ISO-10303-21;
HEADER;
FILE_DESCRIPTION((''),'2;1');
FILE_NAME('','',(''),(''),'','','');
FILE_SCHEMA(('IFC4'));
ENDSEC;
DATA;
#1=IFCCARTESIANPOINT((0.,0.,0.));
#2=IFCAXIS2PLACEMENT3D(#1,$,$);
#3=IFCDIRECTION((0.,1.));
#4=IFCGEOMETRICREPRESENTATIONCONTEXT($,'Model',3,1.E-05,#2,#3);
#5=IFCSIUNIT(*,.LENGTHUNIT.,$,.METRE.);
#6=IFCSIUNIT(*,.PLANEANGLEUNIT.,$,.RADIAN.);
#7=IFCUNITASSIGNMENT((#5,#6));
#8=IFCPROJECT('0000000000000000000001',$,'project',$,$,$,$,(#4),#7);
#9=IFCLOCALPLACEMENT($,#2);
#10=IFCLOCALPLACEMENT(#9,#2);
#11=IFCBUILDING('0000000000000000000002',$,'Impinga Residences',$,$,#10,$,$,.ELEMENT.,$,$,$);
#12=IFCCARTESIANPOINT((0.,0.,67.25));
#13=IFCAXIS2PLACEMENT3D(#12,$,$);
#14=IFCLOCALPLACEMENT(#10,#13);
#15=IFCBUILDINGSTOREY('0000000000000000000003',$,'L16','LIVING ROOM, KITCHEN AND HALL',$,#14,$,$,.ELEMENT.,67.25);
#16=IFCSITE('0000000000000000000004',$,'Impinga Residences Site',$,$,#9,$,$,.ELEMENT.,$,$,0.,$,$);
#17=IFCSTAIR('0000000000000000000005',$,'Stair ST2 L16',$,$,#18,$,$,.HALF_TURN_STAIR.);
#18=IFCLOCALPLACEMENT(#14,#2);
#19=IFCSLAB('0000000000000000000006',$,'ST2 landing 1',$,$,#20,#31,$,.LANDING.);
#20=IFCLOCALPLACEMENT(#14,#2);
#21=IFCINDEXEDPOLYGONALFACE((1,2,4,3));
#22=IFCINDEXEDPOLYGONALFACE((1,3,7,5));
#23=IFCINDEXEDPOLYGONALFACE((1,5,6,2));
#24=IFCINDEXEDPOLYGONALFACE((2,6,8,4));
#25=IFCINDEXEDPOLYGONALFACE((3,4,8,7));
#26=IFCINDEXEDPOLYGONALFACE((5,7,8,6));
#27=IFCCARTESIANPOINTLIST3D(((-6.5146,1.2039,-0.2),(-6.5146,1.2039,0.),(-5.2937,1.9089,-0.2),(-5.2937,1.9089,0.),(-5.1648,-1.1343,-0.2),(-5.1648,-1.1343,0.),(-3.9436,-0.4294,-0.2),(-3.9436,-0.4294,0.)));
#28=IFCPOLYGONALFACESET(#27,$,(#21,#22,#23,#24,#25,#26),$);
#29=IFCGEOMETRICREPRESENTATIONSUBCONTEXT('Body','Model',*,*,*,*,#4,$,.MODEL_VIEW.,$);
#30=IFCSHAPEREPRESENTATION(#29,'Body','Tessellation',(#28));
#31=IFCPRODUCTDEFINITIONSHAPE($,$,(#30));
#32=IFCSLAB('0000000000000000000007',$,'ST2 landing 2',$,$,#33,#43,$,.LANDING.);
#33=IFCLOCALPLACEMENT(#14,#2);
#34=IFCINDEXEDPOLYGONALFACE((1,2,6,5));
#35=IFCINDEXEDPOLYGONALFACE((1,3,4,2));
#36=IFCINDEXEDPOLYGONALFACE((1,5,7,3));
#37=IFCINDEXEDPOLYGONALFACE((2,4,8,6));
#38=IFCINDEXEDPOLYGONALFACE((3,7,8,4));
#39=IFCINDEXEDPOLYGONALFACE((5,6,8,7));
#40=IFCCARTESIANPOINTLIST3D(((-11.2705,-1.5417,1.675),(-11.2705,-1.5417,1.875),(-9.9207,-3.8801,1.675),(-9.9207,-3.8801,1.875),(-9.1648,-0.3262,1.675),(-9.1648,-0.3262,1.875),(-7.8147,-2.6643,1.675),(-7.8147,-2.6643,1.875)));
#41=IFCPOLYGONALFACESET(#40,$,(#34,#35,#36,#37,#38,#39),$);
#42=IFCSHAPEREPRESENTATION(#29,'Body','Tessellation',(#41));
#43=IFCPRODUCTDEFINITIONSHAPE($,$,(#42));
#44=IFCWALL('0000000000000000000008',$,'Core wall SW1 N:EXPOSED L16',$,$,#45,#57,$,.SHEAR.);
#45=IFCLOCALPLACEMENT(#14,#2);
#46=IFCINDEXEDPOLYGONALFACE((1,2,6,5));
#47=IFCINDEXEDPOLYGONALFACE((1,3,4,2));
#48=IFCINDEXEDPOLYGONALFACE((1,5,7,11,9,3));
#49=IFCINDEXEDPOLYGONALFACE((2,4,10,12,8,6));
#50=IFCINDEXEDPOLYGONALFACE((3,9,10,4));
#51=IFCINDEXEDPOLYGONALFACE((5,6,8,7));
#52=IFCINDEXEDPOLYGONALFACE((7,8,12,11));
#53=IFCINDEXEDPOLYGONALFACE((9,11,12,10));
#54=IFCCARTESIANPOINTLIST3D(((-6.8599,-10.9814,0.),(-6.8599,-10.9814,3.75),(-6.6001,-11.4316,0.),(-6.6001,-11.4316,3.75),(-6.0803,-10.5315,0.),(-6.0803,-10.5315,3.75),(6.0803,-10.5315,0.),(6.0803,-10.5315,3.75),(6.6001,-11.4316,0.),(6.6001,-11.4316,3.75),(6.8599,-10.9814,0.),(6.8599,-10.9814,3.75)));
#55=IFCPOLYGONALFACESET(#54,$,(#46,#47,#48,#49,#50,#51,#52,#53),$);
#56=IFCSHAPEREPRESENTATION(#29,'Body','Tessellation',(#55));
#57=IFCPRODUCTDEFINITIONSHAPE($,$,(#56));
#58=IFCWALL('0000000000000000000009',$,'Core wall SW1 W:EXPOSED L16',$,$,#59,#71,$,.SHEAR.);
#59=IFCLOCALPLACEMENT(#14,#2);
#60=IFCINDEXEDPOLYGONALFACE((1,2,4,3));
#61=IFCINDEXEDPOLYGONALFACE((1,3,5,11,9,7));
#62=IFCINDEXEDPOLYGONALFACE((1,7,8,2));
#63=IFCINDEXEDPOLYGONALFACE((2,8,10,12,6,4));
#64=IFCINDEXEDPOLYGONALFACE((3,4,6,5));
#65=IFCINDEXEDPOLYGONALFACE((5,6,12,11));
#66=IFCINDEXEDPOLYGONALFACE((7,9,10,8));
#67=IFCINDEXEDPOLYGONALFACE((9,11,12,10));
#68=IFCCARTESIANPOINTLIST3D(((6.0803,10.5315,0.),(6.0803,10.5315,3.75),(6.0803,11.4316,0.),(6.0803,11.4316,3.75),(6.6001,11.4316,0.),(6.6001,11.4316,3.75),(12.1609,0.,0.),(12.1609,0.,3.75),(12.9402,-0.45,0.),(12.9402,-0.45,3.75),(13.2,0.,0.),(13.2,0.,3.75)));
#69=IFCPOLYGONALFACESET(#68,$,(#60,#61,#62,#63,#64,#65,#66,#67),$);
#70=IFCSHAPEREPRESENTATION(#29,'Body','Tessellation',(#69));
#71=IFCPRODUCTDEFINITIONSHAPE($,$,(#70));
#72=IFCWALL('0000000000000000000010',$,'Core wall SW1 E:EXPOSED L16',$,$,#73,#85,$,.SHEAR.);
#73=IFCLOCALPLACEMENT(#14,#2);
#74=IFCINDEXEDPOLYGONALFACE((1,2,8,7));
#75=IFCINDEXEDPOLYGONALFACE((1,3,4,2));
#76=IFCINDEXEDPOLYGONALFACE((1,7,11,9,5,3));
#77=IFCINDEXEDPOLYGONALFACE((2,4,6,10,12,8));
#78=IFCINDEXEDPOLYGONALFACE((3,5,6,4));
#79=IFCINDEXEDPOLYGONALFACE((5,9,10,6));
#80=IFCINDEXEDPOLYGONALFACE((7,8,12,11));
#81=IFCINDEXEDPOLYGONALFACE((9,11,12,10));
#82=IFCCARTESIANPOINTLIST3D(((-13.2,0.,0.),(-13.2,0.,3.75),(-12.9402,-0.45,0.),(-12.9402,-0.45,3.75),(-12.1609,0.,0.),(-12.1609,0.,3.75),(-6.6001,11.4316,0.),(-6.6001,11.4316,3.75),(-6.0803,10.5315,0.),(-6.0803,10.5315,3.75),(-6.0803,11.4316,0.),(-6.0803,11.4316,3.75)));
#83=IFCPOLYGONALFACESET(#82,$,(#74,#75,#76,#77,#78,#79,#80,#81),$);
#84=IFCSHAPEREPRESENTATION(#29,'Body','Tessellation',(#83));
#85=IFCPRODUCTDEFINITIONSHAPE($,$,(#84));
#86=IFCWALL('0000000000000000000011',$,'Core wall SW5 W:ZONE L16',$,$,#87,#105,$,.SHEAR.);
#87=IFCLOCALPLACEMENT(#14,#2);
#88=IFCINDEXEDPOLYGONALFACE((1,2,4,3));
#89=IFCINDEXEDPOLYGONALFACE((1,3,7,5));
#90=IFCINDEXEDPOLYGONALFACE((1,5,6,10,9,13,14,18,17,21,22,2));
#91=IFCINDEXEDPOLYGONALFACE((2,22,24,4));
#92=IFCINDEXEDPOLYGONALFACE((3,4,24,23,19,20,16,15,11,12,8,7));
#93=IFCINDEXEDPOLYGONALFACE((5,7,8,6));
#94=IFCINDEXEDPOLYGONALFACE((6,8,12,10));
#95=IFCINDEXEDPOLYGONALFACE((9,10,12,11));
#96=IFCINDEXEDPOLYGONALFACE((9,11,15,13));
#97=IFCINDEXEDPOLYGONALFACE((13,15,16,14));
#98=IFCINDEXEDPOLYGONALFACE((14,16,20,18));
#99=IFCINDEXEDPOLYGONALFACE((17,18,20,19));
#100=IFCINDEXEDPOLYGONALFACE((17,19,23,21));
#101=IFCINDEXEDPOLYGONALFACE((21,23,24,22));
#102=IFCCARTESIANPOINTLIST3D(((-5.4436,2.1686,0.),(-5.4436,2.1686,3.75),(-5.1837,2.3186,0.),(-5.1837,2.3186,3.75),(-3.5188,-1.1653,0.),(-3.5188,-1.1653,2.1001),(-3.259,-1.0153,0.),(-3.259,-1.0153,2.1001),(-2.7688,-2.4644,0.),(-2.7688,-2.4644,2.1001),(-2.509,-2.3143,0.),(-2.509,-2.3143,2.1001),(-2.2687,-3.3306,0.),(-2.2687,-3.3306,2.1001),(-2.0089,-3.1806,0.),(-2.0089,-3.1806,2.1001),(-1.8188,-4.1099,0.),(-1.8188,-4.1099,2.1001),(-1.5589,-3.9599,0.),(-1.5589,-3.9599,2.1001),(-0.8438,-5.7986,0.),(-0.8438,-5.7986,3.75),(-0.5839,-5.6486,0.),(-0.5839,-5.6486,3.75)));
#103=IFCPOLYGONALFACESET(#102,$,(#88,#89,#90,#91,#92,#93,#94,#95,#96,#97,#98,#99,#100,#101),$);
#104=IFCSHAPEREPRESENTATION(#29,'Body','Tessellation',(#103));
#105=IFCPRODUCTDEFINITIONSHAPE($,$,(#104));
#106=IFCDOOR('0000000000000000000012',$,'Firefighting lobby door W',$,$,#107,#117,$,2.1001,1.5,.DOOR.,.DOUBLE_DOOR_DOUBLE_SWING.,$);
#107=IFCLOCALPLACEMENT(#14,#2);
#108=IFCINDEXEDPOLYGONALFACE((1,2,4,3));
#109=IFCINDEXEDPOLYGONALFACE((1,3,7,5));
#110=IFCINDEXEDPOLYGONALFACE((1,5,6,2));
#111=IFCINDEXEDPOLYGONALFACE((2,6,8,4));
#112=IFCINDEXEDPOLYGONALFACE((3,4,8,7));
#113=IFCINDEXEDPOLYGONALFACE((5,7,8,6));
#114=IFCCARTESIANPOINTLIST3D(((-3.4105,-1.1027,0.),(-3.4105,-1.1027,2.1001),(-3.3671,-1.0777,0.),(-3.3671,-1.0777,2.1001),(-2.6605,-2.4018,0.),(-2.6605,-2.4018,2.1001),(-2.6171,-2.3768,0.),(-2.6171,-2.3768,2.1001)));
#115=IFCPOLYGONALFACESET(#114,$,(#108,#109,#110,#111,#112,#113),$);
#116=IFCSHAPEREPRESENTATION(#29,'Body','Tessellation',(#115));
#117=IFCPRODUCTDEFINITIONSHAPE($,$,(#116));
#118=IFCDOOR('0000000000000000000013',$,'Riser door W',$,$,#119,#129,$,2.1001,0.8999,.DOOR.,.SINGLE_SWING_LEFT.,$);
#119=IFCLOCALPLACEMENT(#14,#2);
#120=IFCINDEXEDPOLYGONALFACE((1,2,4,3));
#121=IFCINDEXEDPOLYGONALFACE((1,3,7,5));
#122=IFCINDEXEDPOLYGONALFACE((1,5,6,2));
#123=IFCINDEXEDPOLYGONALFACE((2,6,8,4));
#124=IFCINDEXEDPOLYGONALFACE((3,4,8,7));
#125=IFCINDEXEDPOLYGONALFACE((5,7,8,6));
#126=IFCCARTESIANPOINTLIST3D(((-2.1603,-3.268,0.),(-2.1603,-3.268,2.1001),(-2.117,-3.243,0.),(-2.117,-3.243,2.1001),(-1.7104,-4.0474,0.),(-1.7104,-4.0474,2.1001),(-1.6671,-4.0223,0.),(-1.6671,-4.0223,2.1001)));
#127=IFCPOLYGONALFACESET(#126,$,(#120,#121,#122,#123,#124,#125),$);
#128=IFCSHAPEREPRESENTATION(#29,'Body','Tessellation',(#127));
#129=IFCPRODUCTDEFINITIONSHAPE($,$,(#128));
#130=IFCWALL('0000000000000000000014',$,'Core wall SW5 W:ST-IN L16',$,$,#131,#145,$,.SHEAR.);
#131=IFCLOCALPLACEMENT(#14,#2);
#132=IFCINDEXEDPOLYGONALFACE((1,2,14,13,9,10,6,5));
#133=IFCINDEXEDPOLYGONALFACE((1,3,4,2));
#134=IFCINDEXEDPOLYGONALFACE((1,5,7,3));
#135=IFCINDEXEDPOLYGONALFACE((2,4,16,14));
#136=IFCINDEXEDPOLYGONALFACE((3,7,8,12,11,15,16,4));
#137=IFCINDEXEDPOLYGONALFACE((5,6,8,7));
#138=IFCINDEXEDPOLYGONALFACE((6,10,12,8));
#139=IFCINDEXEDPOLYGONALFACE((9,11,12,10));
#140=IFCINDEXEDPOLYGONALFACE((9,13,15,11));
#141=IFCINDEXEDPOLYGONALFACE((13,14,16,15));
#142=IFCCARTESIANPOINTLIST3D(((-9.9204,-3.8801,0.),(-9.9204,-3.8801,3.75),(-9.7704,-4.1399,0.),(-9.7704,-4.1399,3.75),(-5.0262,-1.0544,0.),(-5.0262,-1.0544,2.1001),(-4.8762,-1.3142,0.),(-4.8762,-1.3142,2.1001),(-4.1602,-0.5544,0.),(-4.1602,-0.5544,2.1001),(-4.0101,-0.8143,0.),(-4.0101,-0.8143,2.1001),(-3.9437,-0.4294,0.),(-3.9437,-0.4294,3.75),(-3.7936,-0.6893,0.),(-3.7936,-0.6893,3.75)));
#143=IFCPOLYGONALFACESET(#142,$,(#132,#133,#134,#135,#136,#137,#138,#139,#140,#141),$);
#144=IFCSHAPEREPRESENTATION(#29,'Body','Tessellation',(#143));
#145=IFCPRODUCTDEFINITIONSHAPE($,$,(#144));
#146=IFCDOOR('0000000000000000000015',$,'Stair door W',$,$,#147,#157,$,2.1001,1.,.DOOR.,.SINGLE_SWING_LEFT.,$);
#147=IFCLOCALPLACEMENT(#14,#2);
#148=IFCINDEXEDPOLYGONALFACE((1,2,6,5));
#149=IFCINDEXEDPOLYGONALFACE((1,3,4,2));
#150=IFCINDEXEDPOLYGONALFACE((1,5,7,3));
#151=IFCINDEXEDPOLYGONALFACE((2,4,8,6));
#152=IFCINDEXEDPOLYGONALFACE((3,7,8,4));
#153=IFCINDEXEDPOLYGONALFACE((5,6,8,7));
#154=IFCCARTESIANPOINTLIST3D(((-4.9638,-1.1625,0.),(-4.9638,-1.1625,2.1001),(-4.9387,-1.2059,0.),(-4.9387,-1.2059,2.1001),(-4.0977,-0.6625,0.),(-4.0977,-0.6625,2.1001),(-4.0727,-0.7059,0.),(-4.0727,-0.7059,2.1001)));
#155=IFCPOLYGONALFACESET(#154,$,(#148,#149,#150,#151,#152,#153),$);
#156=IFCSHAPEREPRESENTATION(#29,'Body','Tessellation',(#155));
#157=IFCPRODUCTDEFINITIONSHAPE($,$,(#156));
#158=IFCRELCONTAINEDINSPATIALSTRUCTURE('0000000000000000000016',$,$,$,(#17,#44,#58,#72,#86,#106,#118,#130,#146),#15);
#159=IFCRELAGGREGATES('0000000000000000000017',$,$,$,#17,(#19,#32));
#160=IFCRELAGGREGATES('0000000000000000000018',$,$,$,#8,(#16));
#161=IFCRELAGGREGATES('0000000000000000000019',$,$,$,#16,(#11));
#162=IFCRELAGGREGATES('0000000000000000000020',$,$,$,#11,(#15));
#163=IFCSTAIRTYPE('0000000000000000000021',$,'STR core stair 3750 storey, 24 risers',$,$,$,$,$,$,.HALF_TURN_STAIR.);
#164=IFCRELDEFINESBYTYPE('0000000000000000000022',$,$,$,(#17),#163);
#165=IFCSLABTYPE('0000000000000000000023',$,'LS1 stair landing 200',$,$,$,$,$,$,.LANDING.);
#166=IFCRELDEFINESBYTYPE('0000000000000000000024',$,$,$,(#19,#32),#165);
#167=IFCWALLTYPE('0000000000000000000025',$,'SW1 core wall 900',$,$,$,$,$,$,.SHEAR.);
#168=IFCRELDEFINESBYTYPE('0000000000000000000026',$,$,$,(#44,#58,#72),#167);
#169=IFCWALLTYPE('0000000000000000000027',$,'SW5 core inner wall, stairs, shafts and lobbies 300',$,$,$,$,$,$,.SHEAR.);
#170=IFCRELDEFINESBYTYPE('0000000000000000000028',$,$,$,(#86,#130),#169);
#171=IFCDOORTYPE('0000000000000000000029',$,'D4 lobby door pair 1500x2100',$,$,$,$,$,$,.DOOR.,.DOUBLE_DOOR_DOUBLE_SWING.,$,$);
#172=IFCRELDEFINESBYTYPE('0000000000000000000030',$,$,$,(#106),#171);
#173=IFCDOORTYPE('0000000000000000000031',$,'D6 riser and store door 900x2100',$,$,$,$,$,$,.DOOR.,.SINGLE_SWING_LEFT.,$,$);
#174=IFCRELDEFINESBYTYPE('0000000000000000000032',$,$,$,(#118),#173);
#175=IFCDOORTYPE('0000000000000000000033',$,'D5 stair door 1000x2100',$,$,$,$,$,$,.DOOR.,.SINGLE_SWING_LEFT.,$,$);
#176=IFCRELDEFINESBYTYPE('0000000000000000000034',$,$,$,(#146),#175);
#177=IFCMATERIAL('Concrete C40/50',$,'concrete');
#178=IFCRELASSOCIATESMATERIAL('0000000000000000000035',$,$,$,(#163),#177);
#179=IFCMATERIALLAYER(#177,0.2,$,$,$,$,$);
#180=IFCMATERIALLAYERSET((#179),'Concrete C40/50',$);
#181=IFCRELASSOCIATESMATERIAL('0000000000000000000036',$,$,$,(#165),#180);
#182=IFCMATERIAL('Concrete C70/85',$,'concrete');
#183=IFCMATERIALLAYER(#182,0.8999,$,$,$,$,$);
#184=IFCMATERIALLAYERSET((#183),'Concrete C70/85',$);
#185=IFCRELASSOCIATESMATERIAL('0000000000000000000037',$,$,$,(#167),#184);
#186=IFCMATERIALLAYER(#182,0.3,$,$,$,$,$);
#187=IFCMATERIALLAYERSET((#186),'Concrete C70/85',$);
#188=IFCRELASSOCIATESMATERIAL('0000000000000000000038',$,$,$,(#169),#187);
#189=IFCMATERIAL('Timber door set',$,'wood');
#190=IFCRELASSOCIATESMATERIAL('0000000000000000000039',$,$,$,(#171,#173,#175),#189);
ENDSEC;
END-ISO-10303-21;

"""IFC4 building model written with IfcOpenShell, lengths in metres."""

from ifc_helpers import new_model, si_unit, direction, frame, frame_2d, origin, place, context, subcontext, project, spatial, polyline, rectangle, outline, extrude, material, layer, layer_set, type_object, element, fill, aggregate, save


model = new_model("IFC4")

# Units and contexts
model_context = context("Model", 3, precision=1e-05, world=origin(), true_north=direction((0.0, 1.0)))
body_context = subcontext(model_context, "Body", "Model", "MODEL_VIEW")
ifc_project = project(units=[si_unit("LENGTHUNIT", "METRE"), si_unit("PLANEANGLEUNIT", "RADIAN")], contexts=[model_context])

# Site, building, storey
site_placement = place(None, origin())
site = spatial("IfcSite", under=ifc_project, at=site_placement, Name="Impinga Residences Site", CompositionType="ELEMENT", RefElevation=0.0)
building_placement = place(site_placement, origin())
building = spatial("IfcBuilding", under=site, at=building_placement, Name="Impinga Residences", CompositionType="ELEMENT")
storey_placement = place(building_placement, frame((0.0, 0.0, 67.25)))
storey = spatial("IfcBuildingStorey", under=building, at=storey_placement, Name="L16", Description="LIVING ROOM, KITCHEN AND HALL", CompositionType="ELEMENT", Elevation=67.25)

# Stair, slabs
ifc_material_1 = material(Name="Concrete C40/50", Category="concrete")
stair_type = type_object("IfcStairType", Name="STR core stair 3750 storey, 24 risers", PredefinedType="HALF_TURN_STAIR", material=ifc_material_1)
ifc_layer_1 = layer(ifc_material_1, 0.2)
ifc_layer_set_1 = layer_set([ifc_layer_1], Name="Concrete C40/50")
slab_type_1 = type_object("IfcSlabType", Name="LS1 stair landing 200", PredefinedType="LANDING", material=ifc_layer_set_1)
stair_1_placement = place(storey_placement, origin())
stair_1 = element("IfcStair", 1, at=stair_1_placement, inside=storey, type_object=stair_type, Name="Stair ST2 L16", PredefinedType="HALF_TURN_STAIR")
slab_1_placement = place(storey_placement, frame((0.0, 0.0, -0.2)))
slab_1 = element("IfcSlab", 2, at=slab_1_placement, type_object=slab_type_1, Name="ST2 landing 1", PredefinedType="LANDING", context=body_context, shape_type="SweptSolid", body=[
    extrude(outline(polyline([(-3.9436, -0.4294), (-5.2937, 1.9089), (-6.5146, 1.2039), (-5.1648, -1.1343), (-3.9436, -0.4294)])), origin(), (0.0, 0.0, 1.0), 0.2),
])
slab_2_placement = place(storey_placement, frame((0.0, 0.0, 1.675)))
slab_2 = element("IfcSlab", 3, at=slab_2_placement, type_object=slab_type_1, Name="ST2 landing 2", PredefinedType="LANDING", context=body_context, shape_type="SweptSolid", body=[
    extrude(outline(polyline([(-7.8147, -2.6643), (-9.1648, -0.3262), (-11.2705, -1.5417), (-9.9207, -3.8801), (-7.8147, -2.6643)])), origin(), (0.0, 0.0, 1.0), 0.2),
])

# Walls
ifc_material_2 = material(Name="Concrete C70/85", Category="concrete")
ifc_layer_2 = layer(ifc_material_2, 0.8999)
ifc_layer_set_2 = layer_set([ifc_layer_2], Name="Concrete C70/85")
wall_type_1 = type_object("IfcWallType", Name="SW1 core wall 900", PredefinedType="SHEAR", material=ifc_layer_set_2)
wall_1_placement = place(storey_placement, origin())
element("IfcWall", 4, at=wall_1_placement, inside=storey, type_object=wall_type_1, Name="Core wall SW1 N:EXPOSED L16", PredefinedType="SHEAR", context=body_context, shape_type="SweptSolid", body=[
    extrude(outline(polyline([(-6.6001, -11.4316), (6.6001, -11.4316), (6.8599, -10.9814), (6.0803, -10.5315), (-6.0803, -10.5315), (-6.8599, -10.9814), (-6.6001, -11.4316)])), origin(), (0.0, 0.0, 1.0), 3.75),
])
wall_2_placement = place(storey_placement, origin())
element("IfcWall", 5, at=wall_2_placement, inside=storey, type_object=wall_type_1, Name="Core wall SW1 W:EXPOSED L16", PredefinedType="SHEAR", context=body_context, shape_type="SweptSolid", body=[
    extrude(outline(polyline([(13.2, 0.0), (6.6001, 11.4316), (6.0803, 11.4316), (6.0803, 10.5315), (12.1609, 0.0), (12.9402, -0.45), (13.2, 0.0)])), origin(), (0.0, 0.0, 1.0), 3.75),
])
wall_3_placement = place(storey_placement, origin())
element("IfcWall", 6, at=wall_3_placement, inside=storey, type_object=wall_type_1, Name="Core wall SW1 E:EXPOSED L16", PredefinedType="SHEAR", context=body_context, shape_type="SweptSolid", body=[
    extrude(outline(polyline([(-6.6001, 11.4316), (-13.2, 0.0), (-12.9402, -0.45), (-12.1609, 0.0), (-6.0803, 10.5315), (-6.0803, 11.4316), (-6.6001, 11.4316)])), origin(), (0.0, 0.0, 1.0), 3.75),
])

# Wall, openings, doors
ifc_layer_3 = layer(ifc_material_2, 0.3)
ifc_layer_set_3 = layer_set([ifc_layer_3], Name="Concrete C70/85")
wall_type_2 = type_object("IfcWallType", Name="SW5 core inner wall, stairs, shafts and lobbies 300", PredefinedType="SHEAR", material=ifc_layer_set_3)
wall_4_placement = place(storey_placement, frame((-0.7139, -5.7236, 0.0), z_axis=(0.0, 0.0, 1.0), x_axis=(-0.499995, 0.866028, 0.0)))
wall_4 = element("IfcWall", 7, at=wall_4_placement, inside=storey, type_object=wall_type_2, Name="Core wall SW5 W:ZONE L16", PredefinedType="SHEAR", context=body_context, shape_type="SweptSolid", body=[
    extrude(rectangle(XDim=9.1997, YDim=0.3, at=frame_2d((4.5999, 0.0))), origin(), (0.0, 0.0, 1.0), 3.75),
])
opening_1_placement = place(wall_4_placement, frame((3.8501, 0.0, 0.0)))
opening_1 = element("IfcOpeningElement", 8, at=opening_1_placement, cuts=wall_4, PredefinedType="OPENING", context=body_context, shape_type="SweptSolid", body=[
    extrude(rectangle(XDim=1.5, YDim=2.1001, at=frame_2d((0.75, 1.05))), frame((0.0, 0.1599, 0.0), z_axis=(0.0, -1.0, 0.0), x_axis=(1.0, 0.0, 0.0)), (0.0, 0.0, 1.0), 0.3201),
])
opening_2_placement = place(wall_4_placement, frame((1.95, 0.0, 0.0)))
opening_2 = element("IfcOpeningElement", 9, at=opening_2_placement, cuts=wall_4, PredefinedType="OPENING", context=body_context, shape_type="SweptSolid", body=[
    extrude(rectangle(XDim=0.8999, YDim=2.1001, at=frame_2d((0.45, 1.05))), frame((0.0, 0.1599, 0.0), z_axis=(0.0, -1.0, 0.0), x_axis=(1.0, 0.0, 0.0)), (0.0, 0.0, 1.0), 0.3201),
])
ifc_material_3 = material(Name="Timber door set", Category="wood")
door_type_1 = type_object("IfcDoorType", Name="D4 lobby door pair 1500x2100", OperationType="DOUBLE_DOOR_DOUBLE_SWING", PredefinedType="DOOR", material=ifc_material_3)
door_1_placement = place(opening_1_placement, origin())
door_1 = element("IfcDoor", 10, at=door_1_placement, inside=storey, type_object=door_type_1, Name="Firefighting lobby door W", OperationType="DOUBLE_DOOR_DOUBLE_SWING", OverallHeight=2.1001, OverallWidth=1.5, PredefinedType="DOOR", context=body_context, shape_type="SweptSolid", body=[
    extrude(rectangle(XDim=1.5, YDim=2.1001, at=frame_2d((0.75, 1.05))), frame((0.0, 0.0249, 0.0), z_axis=(0.0, -1.0, 0.0), x_axis=(1.0, 0.0, 0.0)), (0.0, 0.0, 1.0), 0.05),
])
fill(opening_1, door_1)
door_type_2 = type_object("IfcDoorType", Name="D6 riser and store door 900x2100", OperationType="SINGLE_SWING_LEFT", PredefinedType="DOOR", material=ifc_material_3)
door_2_placement = place(opening_2_placement, origin())
door_2 = element("IfcDoor", 11, at=door_2_placement, inside=storey, type_object=door_type_2, Name="Riser door W", OperationType="SINGLE_SWING_LEFT", OverallHeight=2.1001, OverallWidth=0.8999, PredefinedType="DOOR", context=body_context, shape_type="SweptSolid", body=[
    extrude(rectangle(XDim=0.8999, YDim=2.1001, at=frame_2d((0.45, 1.05))), frame((0.0, 0.0249, 0.0), z_axis=(0.0, -1.0, 0.0), x_axis=(1.0, 0.0, 0.0)), (0.0, 0.0, 1.0), 0.05),
])
fill(opening_2, door_2)

# Wall, opening, door
wall_5_placement = place(storey_placement, frame((-3.8687, -0.5593, 0.0), z_axis=(0.0, 0.0, 1.0), x_axis=(-0.866027, -0.499997, 0.0)))
wall_5 = element("IfcWall", 12, at=wall_5_placement, inside=storey, type_object=wall_type_2, Name="Core wall SW5 W:ST-IN L16", PredefinedType="SHEAR", context=body_context, shape_type="SweptSolid", body=[
    extrude(rectangle(XDim=6.9014, YDim=0.3, at=frame_2d((3.4507, 0.0))), origin(), (0.0, 0.0, 1.0), 3.75),
])
opening_3_placement = place(wall_5_placement, frame((0.25, 0.0, 0.0)))
opening_3 = element("IfcOpeningElement", 13, at=opening_3_placement, cuts=wall_5, PredefinedType="OPENING", context=body_context, shape_type="SweptSolid", body=[
    extrude(rectangle(XDim=1.0, YDim=2.1001, at=frame_2d((0.5, 1.05))), frame((0.0, 0.1599, 0.0), z_axis=(0.0, -1.0, 0.0), x_axis=(1.0, 0.0, 0.0)), (0.0, 0.0, 1.0), 0.3201),
])
door_type_3 = type_object("IfcDoorType", Name="D5 stair door 1000x2100", OperationType="SINGLE_SWING_LEFT", PredefinedType="DOOR", material=ifc_material_3)
door_3_placement = place(opening_3_placement, origin())
door_3 = element("IfcDoor", 14, at=door_3_placement, inside=storey, type_object=door_type_3, Name="Stair door W", OperationType="SINGLE_SWING_LEFT", OverallHeight=2.1001, OverallWidth=1.0, PredefinedType="DOOR", context=body_context, shape_type="SweptSolid", body=[
    extrude(rectangle(XDim=1.0, YDim=2.1001, at=frame_2d((0.5, 1.05))), frame((0.0, 0.0249, 0.0), z_axis=(0.0, -1.0, 0.0), x_axis=(1.0, 0.0, 0.0)), (0.0, 0.0, 1.0), 0.05),
])
fill(opening_3, door_3)

aggregate(stair_1, [slab_1, slab_2])

save(model, "model.ifc")
